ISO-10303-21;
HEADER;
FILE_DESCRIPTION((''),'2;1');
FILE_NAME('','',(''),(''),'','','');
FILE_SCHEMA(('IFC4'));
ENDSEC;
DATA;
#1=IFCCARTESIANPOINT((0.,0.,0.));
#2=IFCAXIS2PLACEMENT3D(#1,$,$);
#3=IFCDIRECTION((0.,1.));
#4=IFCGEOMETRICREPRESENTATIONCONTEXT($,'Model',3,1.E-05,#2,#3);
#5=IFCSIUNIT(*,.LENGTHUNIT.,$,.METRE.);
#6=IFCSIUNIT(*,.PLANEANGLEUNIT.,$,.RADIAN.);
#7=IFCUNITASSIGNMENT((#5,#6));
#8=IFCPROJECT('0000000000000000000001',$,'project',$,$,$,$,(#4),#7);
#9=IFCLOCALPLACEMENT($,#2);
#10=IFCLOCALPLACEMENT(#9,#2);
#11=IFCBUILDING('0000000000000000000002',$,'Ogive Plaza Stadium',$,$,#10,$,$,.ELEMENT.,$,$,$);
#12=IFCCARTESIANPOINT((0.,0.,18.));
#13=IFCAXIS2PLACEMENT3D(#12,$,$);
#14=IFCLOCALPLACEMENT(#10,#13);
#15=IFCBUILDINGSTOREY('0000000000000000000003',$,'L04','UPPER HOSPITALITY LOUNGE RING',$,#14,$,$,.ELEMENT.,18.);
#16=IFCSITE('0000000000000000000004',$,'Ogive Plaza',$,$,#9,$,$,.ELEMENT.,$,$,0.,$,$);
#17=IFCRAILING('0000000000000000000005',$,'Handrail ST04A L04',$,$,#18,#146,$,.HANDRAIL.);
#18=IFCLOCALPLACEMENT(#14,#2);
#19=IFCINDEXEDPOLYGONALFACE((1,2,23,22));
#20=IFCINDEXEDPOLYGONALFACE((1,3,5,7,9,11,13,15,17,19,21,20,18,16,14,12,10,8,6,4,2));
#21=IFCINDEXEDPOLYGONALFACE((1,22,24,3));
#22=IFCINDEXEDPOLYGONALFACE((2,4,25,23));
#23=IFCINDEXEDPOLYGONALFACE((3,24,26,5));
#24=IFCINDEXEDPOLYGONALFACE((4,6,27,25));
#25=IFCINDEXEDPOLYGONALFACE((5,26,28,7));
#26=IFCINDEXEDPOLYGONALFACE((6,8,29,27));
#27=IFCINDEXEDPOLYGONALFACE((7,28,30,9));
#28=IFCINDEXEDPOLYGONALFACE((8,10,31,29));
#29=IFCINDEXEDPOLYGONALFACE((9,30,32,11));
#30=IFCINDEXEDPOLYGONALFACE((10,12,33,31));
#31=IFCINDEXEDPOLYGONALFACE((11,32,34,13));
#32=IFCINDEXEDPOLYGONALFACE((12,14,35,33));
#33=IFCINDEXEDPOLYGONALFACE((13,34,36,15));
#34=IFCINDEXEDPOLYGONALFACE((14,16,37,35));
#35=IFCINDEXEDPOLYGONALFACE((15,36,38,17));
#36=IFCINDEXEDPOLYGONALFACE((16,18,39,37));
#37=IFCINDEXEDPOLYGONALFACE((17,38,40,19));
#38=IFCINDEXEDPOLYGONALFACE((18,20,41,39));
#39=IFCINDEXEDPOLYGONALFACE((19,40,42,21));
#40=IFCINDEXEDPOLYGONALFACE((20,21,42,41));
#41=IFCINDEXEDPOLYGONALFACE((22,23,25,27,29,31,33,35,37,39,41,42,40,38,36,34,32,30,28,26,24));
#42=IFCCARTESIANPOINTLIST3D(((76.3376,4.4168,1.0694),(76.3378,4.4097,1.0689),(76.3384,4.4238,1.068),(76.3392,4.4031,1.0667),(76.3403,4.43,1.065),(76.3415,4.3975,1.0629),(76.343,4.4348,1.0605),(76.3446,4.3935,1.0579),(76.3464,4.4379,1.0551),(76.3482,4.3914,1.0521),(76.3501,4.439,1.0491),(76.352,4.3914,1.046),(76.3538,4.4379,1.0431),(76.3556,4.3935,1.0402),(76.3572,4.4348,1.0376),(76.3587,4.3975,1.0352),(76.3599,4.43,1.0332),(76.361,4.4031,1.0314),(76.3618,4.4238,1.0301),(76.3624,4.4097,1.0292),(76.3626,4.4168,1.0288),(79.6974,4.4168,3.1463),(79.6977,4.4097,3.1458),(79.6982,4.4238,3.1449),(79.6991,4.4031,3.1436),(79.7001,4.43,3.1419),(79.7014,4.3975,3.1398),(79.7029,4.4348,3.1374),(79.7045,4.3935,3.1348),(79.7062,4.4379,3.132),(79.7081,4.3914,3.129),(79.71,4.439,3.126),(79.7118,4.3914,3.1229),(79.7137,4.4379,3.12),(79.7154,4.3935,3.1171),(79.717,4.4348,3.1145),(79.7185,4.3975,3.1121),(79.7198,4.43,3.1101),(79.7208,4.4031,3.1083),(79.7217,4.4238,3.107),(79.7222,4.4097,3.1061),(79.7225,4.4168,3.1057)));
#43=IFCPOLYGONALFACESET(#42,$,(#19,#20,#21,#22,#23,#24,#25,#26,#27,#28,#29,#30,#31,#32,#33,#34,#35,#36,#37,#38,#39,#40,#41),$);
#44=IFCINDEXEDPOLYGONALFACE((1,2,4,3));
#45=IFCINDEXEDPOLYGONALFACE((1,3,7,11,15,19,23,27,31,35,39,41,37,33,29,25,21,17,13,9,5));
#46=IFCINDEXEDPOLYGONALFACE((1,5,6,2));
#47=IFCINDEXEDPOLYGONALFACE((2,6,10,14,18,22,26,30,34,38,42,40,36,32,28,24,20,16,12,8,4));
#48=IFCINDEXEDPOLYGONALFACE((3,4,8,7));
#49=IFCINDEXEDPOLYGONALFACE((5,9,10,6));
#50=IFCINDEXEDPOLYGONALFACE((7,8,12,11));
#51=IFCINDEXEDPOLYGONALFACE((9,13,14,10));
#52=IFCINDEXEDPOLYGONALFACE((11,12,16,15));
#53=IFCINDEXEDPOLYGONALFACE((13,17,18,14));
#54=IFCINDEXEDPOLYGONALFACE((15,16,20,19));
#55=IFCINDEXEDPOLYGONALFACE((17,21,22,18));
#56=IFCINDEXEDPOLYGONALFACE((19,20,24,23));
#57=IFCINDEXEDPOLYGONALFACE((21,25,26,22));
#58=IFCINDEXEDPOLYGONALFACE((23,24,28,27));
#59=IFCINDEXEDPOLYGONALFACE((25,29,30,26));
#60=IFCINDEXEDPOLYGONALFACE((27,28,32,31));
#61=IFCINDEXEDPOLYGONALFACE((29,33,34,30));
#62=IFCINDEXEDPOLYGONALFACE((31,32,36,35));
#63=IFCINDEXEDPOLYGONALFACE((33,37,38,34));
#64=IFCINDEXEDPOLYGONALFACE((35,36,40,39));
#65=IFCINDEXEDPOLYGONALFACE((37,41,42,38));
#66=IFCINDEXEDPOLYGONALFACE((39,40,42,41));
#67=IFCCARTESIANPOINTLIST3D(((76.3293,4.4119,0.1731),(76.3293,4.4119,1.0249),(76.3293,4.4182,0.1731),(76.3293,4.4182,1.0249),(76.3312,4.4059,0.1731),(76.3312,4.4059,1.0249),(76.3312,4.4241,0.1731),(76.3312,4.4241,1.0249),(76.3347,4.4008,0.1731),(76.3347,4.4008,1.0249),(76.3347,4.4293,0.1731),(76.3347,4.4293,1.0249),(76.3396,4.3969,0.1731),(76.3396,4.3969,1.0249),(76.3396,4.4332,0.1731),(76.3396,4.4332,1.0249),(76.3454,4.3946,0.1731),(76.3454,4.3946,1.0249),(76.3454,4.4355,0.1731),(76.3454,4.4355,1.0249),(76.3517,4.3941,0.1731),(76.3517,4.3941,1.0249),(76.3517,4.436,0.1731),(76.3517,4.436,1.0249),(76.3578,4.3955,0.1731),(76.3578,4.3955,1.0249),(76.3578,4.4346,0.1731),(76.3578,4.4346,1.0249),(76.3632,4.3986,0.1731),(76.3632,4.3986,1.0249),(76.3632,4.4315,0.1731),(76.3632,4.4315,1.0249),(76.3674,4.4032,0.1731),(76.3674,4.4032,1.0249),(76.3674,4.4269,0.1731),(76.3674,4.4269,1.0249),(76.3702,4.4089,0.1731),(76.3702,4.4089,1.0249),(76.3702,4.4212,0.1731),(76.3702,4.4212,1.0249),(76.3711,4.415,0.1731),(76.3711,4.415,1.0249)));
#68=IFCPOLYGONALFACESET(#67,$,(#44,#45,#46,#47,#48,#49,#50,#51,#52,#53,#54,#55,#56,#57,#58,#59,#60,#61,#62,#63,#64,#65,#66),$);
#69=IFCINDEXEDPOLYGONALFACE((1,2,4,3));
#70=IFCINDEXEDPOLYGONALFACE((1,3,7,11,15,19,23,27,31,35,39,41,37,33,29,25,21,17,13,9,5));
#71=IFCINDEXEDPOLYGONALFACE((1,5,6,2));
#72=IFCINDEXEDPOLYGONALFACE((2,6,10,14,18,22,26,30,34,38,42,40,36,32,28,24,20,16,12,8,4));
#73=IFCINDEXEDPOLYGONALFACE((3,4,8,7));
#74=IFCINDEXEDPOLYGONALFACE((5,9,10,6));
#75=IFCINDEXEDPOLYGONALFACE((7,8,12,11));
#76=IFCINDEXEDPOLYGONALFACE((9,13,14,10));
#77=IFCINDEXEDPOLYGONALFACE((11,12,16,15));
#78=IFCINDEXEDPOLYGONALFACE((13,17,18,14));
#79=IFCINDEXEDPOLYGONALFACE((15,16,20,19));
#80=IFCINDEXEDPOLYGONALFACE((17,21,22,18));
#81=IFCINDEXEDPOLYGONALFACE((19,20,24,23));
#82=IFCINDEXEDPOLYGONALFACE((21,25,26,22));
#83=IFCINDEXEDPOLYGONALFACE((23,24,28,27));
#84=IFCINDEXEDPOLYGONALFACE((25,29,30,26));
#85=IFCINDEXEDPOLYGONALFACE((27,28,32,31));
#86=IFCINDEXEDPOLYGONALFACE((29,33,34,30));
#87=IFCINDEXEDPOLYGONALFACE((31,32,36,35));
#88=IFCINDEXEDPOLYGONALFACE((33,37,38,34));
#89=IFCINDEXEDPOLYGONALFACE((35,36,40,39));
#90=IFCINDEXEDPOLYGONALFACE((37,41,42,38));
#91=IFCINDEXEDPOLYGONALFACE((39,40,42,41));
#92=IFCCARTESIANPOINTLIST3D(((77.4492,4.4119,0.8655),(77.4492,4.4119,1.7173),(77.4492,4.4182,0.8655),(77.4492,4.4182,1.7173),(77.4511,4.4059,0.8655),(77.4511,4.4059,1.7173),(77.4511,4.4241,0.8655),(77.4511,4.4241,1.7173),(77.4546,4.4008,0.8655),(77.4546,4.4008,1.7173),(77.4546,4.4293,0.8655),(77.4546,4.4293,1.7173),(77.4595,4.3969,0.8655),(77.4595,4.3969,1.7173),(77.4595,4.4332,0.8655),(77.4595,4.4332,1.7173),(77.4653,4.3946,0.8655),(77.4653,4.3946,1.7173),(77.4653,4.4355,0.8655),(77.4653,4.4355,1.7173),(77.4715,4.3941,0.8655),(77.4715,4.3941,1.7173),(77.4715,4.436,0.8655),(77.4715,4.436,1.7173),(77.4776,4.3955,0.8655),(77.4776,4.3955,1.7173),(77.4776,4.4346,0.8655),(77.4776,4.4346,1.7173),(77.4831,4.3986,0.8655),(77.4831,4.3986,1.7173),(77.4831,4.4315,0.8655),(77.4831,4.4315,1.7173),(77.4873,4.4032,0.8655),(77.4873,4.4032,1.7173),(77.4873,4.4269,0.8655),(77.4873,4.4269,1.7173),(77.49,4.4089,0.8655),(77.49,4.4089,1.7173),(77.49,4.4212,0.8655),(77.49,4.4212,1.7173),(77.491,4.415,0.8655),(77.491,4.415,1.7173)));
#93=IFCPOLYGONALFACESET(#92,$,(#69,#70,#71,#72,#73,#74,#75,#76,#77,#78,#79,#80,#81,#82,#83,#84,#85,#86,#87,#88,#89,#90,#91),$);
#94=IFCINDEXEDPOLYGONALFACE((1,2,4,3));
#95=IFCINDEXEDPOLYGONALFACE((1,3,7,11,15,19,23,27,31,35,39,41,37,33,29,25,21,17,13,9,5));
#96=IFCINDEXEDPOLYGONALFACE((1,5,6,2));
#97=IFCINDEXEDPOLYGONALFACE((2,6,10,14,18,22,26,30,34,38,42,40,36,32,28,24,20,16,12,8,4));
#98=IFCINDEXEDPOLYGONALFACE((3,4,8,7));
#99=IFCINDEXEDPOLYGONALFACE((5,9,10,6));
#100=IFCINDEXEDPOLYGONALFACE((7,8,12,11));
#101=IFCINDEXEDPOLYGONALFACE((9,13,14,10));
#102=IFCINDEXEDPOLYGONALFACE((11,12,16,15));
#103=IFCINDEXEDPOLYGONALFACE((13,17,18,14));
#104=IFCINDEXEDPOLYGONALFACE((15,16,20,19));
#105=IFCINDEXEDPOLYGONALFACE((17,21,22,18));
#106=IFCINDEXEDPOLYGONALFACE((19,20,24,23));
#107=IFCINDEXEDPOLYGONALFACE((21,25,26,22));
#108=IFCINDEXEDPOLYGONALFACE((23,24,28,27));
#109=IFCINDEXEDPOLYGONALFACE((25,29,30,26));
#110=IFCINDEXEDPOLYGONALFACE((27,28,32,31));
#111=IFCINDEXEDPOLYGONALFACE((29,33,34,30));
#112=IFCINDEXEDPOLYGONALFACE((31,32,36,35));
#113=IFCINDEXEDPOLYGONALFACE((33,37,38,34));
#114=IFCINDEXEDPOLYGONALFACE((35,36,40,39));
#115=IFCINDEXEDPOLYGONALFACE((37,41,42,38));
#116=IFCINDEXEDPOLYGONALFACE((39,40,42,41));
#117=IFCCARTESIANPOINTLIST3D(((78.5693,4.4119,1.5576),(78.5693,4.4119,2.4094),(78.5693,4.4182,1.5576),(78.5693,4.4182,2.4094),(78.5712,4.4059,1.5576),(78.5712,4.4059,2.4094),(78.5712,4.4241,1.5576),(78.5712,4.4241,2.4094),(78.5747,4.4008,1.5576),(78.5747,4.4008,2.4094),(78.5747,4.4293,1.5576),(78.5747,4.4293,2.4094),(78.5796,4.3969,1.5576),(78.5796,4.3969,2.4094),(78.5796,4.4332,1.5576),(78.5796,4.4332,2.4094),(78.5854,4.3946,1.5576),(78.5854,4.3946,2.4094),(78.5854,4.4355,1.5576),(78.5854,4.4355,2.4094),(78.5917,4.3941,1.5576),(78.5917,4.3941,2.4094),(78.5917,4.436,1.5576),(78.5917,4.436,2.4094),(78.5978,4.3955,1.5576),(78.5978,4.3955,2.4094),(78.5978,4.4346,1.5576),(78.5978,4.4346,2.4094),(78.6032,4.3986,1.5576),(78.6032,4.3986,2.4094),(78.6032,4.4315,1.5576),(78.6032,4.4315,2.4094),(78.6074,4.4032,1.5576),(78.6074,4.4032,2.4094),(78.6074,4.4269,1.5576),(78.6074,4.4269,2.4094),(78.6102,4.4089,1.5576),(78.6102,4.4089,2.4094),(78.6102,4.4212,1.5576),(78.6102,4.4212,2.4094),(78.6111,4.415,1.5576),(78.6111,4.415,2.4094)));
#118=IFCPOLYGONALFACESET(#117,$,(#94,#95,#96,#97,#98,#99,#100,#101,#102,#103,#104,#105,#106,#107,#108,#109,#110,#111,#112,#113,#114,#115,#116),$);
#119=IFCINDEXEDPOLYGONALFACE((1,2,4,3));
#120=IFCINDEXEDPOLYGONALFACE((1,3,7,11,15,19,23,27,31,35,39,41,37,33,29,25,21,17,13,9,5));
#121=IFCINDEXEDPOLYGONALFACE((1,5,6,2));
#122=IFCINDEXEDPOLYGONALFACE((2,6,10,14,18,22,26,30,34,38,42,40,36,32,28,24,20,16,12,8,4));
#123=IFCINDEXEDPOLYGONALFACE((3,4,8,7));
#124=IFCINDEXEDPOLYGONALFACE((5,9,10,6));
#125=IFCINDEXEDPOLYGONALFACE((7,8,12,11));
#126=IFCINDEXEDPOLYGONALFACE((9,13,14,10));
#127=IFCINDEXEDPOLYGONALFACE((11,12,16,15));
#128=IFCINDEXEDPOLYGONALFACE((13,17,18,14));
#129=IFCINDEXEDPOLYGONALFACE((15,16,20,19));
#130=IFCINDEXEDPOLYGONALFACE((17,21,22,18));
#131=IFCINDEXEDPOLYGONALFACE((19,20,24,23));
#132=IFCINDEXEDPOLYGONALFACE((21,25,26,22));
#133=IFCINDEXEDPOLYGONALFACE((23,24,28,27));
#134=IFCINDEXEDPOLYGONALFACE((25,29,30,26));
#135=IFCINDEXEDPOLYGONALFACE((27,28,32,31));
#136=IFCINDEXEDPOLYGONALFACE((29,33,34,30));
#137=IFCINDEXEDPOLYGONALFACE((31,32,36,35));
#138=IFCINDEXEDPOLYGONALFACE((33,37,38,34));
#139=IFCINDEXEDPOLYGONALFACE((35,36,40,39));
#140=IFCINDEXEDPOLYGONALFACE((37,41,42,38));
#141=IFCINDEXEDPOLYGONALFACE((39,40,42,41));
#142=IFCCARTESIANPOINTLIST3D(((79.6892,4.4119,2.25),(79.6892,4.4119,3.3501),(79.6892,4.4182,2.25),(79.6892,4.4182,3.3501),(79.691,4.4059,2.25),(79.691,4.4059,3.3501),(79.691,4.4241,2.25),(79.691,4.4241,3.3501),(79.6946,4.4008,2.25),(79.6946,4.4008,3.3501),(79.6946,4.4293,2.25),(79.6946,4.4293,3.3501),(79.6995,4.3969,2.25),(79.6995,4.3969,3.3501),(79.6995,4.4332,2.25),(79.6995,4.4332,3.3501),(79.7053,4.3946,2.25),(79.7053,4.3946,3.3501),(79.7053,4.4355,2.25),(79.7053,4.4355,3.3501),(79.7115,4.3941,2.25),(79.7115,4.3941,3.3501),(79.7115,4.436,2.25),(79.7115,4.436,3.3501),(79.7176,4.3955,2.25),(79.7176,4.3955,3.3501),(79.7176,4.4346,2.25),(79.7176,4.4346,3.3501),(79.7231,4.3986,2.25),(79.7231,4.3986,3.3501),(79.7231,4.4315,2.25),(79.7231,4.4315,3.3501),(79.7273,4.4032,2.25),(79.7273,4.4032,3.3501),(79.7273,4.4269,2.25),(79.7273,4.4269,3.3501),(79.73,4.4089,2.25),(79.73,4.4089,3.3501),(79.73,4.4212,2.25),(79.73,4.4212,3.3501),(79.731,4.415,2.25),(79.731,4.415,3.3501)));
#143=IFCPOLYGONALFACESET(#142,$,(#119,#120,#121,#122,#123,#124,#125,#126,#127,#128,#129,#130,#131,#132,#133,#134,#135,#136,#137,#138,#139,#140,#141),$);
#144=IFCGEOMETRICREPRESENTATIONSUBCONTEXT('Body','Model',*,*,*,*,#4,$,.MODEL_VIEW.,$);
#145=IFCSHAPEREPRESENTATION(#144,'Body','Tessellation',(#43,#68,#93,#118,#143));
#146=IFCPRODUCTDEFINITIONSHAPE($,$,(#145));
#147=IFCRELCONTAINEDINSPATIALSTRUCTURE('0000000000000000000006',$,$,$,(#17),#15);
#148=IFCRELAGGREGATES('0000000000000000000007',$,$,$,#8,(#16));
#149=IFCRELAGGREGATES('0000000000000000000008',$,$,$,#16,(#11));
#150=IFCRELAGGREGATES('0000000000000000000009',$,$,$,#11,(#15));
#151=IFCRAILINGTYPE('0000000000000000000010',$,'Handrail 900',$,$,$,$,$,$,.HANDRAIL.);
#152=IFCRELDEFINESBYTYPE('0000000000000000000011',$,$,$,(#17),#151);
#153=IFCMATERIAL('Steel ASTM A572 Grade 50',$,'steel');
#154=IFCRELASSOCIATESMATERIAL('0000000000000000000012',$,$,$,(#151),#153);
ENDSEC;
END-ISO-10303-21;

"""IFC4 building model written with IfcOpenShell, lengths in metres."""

from ifc_helpers import new_model, si_unit, direction, frame, origin, origin_2d, place, context, subcontext, project, spatial, circle, extrude, material, type_object, element, save


model = new_model("IFC4")

# Units and contexts
model_context = context("Model", 3, precision=1e-05, world=origin(), true_north=direction((0.0, 1.0)))
body_context = subcontext(model_context, "Body", "Model", "MODEL_VIEW")
ifc_project = project(units=[si_unit("LENGTHUNIT", "METRE"), si_unit("PLANEANGLEUNIT", "RADIAN")], contexts=[model_context])

# Site, building, storey
site_placement = place(None, origin())
site = spatial("IfcSite", under=ifc_project, at=site_placement, Name="Ogive Plaza", CompositionType="ELEMENT", RefElevation=0.0)
building_placement = place(site_placement, origin())
building = spatial("IfcBuilding", under=site, at=building_placement, Name="Ogive Plaza Stadium", CompositionType="ELEMENT")
storey_placement = place(building_placement, frame((0.0, 0.0, 18.0)))
storey = spatial("IfcBuildingStorey", under=building, at=storey_placement, Name="L04", Description="UPPER HOSPITALITY LOUNGE RING", CompositionType="ELEMENT", Elevation=18.0)

# Railing
ifc_material_1 = material(Name="Steel ASTM A572 Grade 50", Category="steel")
railing_type_1 = type_object("IfcRailingType", Name="Handrail 900", PredefinedType="HANDRAIL", material=ifc_material_1)
for number, where, name in (
    (1, (76.3501, 4.415, 0.1731), "Handrail ST04A L04"),
):
    element("IfcRailing", number, at=place(storey_placement, frame(where)), inside=storey, type_object=railing_type_1, Name=name, PredefinedType="HANDRAIL", context=body_context, shape_type="SweptSolid", body=[
        extrude(circle(Radius=0.0239, at=origin_2d()), frame((0.0, 0.0, 0.876), z_axis=(0.850606, 0.0, 0.525803), x_axis=(0.0, 1.0, 0.0)), (0.0, 0.0, 1.0), 3.95),
        extrude(circle(Radius=0.021, at=origin_2d()), origin(), (0.0, 0.0, 1.0), 0.8518),
        extrude(circle(Radius=0.021, at=origin_2d()), frame((1.1199, 0.0, 0.6924)), (0.0, 0.0, 1.0), 0.8518),
        extrude(circle(Radius=0.021, at=origin_2d()), frame((2.24, 0.0, 1.3845)), (0.0, 0.0, 1.0), 0.8518),
        extrude(circle(Radius=0.021, at=origin_2d()), frame((3.3599, 0.0, 2.0769)), (0.0, 0.0, 1.0), 1.1001),
    ])

save(model, "model.ifc")
